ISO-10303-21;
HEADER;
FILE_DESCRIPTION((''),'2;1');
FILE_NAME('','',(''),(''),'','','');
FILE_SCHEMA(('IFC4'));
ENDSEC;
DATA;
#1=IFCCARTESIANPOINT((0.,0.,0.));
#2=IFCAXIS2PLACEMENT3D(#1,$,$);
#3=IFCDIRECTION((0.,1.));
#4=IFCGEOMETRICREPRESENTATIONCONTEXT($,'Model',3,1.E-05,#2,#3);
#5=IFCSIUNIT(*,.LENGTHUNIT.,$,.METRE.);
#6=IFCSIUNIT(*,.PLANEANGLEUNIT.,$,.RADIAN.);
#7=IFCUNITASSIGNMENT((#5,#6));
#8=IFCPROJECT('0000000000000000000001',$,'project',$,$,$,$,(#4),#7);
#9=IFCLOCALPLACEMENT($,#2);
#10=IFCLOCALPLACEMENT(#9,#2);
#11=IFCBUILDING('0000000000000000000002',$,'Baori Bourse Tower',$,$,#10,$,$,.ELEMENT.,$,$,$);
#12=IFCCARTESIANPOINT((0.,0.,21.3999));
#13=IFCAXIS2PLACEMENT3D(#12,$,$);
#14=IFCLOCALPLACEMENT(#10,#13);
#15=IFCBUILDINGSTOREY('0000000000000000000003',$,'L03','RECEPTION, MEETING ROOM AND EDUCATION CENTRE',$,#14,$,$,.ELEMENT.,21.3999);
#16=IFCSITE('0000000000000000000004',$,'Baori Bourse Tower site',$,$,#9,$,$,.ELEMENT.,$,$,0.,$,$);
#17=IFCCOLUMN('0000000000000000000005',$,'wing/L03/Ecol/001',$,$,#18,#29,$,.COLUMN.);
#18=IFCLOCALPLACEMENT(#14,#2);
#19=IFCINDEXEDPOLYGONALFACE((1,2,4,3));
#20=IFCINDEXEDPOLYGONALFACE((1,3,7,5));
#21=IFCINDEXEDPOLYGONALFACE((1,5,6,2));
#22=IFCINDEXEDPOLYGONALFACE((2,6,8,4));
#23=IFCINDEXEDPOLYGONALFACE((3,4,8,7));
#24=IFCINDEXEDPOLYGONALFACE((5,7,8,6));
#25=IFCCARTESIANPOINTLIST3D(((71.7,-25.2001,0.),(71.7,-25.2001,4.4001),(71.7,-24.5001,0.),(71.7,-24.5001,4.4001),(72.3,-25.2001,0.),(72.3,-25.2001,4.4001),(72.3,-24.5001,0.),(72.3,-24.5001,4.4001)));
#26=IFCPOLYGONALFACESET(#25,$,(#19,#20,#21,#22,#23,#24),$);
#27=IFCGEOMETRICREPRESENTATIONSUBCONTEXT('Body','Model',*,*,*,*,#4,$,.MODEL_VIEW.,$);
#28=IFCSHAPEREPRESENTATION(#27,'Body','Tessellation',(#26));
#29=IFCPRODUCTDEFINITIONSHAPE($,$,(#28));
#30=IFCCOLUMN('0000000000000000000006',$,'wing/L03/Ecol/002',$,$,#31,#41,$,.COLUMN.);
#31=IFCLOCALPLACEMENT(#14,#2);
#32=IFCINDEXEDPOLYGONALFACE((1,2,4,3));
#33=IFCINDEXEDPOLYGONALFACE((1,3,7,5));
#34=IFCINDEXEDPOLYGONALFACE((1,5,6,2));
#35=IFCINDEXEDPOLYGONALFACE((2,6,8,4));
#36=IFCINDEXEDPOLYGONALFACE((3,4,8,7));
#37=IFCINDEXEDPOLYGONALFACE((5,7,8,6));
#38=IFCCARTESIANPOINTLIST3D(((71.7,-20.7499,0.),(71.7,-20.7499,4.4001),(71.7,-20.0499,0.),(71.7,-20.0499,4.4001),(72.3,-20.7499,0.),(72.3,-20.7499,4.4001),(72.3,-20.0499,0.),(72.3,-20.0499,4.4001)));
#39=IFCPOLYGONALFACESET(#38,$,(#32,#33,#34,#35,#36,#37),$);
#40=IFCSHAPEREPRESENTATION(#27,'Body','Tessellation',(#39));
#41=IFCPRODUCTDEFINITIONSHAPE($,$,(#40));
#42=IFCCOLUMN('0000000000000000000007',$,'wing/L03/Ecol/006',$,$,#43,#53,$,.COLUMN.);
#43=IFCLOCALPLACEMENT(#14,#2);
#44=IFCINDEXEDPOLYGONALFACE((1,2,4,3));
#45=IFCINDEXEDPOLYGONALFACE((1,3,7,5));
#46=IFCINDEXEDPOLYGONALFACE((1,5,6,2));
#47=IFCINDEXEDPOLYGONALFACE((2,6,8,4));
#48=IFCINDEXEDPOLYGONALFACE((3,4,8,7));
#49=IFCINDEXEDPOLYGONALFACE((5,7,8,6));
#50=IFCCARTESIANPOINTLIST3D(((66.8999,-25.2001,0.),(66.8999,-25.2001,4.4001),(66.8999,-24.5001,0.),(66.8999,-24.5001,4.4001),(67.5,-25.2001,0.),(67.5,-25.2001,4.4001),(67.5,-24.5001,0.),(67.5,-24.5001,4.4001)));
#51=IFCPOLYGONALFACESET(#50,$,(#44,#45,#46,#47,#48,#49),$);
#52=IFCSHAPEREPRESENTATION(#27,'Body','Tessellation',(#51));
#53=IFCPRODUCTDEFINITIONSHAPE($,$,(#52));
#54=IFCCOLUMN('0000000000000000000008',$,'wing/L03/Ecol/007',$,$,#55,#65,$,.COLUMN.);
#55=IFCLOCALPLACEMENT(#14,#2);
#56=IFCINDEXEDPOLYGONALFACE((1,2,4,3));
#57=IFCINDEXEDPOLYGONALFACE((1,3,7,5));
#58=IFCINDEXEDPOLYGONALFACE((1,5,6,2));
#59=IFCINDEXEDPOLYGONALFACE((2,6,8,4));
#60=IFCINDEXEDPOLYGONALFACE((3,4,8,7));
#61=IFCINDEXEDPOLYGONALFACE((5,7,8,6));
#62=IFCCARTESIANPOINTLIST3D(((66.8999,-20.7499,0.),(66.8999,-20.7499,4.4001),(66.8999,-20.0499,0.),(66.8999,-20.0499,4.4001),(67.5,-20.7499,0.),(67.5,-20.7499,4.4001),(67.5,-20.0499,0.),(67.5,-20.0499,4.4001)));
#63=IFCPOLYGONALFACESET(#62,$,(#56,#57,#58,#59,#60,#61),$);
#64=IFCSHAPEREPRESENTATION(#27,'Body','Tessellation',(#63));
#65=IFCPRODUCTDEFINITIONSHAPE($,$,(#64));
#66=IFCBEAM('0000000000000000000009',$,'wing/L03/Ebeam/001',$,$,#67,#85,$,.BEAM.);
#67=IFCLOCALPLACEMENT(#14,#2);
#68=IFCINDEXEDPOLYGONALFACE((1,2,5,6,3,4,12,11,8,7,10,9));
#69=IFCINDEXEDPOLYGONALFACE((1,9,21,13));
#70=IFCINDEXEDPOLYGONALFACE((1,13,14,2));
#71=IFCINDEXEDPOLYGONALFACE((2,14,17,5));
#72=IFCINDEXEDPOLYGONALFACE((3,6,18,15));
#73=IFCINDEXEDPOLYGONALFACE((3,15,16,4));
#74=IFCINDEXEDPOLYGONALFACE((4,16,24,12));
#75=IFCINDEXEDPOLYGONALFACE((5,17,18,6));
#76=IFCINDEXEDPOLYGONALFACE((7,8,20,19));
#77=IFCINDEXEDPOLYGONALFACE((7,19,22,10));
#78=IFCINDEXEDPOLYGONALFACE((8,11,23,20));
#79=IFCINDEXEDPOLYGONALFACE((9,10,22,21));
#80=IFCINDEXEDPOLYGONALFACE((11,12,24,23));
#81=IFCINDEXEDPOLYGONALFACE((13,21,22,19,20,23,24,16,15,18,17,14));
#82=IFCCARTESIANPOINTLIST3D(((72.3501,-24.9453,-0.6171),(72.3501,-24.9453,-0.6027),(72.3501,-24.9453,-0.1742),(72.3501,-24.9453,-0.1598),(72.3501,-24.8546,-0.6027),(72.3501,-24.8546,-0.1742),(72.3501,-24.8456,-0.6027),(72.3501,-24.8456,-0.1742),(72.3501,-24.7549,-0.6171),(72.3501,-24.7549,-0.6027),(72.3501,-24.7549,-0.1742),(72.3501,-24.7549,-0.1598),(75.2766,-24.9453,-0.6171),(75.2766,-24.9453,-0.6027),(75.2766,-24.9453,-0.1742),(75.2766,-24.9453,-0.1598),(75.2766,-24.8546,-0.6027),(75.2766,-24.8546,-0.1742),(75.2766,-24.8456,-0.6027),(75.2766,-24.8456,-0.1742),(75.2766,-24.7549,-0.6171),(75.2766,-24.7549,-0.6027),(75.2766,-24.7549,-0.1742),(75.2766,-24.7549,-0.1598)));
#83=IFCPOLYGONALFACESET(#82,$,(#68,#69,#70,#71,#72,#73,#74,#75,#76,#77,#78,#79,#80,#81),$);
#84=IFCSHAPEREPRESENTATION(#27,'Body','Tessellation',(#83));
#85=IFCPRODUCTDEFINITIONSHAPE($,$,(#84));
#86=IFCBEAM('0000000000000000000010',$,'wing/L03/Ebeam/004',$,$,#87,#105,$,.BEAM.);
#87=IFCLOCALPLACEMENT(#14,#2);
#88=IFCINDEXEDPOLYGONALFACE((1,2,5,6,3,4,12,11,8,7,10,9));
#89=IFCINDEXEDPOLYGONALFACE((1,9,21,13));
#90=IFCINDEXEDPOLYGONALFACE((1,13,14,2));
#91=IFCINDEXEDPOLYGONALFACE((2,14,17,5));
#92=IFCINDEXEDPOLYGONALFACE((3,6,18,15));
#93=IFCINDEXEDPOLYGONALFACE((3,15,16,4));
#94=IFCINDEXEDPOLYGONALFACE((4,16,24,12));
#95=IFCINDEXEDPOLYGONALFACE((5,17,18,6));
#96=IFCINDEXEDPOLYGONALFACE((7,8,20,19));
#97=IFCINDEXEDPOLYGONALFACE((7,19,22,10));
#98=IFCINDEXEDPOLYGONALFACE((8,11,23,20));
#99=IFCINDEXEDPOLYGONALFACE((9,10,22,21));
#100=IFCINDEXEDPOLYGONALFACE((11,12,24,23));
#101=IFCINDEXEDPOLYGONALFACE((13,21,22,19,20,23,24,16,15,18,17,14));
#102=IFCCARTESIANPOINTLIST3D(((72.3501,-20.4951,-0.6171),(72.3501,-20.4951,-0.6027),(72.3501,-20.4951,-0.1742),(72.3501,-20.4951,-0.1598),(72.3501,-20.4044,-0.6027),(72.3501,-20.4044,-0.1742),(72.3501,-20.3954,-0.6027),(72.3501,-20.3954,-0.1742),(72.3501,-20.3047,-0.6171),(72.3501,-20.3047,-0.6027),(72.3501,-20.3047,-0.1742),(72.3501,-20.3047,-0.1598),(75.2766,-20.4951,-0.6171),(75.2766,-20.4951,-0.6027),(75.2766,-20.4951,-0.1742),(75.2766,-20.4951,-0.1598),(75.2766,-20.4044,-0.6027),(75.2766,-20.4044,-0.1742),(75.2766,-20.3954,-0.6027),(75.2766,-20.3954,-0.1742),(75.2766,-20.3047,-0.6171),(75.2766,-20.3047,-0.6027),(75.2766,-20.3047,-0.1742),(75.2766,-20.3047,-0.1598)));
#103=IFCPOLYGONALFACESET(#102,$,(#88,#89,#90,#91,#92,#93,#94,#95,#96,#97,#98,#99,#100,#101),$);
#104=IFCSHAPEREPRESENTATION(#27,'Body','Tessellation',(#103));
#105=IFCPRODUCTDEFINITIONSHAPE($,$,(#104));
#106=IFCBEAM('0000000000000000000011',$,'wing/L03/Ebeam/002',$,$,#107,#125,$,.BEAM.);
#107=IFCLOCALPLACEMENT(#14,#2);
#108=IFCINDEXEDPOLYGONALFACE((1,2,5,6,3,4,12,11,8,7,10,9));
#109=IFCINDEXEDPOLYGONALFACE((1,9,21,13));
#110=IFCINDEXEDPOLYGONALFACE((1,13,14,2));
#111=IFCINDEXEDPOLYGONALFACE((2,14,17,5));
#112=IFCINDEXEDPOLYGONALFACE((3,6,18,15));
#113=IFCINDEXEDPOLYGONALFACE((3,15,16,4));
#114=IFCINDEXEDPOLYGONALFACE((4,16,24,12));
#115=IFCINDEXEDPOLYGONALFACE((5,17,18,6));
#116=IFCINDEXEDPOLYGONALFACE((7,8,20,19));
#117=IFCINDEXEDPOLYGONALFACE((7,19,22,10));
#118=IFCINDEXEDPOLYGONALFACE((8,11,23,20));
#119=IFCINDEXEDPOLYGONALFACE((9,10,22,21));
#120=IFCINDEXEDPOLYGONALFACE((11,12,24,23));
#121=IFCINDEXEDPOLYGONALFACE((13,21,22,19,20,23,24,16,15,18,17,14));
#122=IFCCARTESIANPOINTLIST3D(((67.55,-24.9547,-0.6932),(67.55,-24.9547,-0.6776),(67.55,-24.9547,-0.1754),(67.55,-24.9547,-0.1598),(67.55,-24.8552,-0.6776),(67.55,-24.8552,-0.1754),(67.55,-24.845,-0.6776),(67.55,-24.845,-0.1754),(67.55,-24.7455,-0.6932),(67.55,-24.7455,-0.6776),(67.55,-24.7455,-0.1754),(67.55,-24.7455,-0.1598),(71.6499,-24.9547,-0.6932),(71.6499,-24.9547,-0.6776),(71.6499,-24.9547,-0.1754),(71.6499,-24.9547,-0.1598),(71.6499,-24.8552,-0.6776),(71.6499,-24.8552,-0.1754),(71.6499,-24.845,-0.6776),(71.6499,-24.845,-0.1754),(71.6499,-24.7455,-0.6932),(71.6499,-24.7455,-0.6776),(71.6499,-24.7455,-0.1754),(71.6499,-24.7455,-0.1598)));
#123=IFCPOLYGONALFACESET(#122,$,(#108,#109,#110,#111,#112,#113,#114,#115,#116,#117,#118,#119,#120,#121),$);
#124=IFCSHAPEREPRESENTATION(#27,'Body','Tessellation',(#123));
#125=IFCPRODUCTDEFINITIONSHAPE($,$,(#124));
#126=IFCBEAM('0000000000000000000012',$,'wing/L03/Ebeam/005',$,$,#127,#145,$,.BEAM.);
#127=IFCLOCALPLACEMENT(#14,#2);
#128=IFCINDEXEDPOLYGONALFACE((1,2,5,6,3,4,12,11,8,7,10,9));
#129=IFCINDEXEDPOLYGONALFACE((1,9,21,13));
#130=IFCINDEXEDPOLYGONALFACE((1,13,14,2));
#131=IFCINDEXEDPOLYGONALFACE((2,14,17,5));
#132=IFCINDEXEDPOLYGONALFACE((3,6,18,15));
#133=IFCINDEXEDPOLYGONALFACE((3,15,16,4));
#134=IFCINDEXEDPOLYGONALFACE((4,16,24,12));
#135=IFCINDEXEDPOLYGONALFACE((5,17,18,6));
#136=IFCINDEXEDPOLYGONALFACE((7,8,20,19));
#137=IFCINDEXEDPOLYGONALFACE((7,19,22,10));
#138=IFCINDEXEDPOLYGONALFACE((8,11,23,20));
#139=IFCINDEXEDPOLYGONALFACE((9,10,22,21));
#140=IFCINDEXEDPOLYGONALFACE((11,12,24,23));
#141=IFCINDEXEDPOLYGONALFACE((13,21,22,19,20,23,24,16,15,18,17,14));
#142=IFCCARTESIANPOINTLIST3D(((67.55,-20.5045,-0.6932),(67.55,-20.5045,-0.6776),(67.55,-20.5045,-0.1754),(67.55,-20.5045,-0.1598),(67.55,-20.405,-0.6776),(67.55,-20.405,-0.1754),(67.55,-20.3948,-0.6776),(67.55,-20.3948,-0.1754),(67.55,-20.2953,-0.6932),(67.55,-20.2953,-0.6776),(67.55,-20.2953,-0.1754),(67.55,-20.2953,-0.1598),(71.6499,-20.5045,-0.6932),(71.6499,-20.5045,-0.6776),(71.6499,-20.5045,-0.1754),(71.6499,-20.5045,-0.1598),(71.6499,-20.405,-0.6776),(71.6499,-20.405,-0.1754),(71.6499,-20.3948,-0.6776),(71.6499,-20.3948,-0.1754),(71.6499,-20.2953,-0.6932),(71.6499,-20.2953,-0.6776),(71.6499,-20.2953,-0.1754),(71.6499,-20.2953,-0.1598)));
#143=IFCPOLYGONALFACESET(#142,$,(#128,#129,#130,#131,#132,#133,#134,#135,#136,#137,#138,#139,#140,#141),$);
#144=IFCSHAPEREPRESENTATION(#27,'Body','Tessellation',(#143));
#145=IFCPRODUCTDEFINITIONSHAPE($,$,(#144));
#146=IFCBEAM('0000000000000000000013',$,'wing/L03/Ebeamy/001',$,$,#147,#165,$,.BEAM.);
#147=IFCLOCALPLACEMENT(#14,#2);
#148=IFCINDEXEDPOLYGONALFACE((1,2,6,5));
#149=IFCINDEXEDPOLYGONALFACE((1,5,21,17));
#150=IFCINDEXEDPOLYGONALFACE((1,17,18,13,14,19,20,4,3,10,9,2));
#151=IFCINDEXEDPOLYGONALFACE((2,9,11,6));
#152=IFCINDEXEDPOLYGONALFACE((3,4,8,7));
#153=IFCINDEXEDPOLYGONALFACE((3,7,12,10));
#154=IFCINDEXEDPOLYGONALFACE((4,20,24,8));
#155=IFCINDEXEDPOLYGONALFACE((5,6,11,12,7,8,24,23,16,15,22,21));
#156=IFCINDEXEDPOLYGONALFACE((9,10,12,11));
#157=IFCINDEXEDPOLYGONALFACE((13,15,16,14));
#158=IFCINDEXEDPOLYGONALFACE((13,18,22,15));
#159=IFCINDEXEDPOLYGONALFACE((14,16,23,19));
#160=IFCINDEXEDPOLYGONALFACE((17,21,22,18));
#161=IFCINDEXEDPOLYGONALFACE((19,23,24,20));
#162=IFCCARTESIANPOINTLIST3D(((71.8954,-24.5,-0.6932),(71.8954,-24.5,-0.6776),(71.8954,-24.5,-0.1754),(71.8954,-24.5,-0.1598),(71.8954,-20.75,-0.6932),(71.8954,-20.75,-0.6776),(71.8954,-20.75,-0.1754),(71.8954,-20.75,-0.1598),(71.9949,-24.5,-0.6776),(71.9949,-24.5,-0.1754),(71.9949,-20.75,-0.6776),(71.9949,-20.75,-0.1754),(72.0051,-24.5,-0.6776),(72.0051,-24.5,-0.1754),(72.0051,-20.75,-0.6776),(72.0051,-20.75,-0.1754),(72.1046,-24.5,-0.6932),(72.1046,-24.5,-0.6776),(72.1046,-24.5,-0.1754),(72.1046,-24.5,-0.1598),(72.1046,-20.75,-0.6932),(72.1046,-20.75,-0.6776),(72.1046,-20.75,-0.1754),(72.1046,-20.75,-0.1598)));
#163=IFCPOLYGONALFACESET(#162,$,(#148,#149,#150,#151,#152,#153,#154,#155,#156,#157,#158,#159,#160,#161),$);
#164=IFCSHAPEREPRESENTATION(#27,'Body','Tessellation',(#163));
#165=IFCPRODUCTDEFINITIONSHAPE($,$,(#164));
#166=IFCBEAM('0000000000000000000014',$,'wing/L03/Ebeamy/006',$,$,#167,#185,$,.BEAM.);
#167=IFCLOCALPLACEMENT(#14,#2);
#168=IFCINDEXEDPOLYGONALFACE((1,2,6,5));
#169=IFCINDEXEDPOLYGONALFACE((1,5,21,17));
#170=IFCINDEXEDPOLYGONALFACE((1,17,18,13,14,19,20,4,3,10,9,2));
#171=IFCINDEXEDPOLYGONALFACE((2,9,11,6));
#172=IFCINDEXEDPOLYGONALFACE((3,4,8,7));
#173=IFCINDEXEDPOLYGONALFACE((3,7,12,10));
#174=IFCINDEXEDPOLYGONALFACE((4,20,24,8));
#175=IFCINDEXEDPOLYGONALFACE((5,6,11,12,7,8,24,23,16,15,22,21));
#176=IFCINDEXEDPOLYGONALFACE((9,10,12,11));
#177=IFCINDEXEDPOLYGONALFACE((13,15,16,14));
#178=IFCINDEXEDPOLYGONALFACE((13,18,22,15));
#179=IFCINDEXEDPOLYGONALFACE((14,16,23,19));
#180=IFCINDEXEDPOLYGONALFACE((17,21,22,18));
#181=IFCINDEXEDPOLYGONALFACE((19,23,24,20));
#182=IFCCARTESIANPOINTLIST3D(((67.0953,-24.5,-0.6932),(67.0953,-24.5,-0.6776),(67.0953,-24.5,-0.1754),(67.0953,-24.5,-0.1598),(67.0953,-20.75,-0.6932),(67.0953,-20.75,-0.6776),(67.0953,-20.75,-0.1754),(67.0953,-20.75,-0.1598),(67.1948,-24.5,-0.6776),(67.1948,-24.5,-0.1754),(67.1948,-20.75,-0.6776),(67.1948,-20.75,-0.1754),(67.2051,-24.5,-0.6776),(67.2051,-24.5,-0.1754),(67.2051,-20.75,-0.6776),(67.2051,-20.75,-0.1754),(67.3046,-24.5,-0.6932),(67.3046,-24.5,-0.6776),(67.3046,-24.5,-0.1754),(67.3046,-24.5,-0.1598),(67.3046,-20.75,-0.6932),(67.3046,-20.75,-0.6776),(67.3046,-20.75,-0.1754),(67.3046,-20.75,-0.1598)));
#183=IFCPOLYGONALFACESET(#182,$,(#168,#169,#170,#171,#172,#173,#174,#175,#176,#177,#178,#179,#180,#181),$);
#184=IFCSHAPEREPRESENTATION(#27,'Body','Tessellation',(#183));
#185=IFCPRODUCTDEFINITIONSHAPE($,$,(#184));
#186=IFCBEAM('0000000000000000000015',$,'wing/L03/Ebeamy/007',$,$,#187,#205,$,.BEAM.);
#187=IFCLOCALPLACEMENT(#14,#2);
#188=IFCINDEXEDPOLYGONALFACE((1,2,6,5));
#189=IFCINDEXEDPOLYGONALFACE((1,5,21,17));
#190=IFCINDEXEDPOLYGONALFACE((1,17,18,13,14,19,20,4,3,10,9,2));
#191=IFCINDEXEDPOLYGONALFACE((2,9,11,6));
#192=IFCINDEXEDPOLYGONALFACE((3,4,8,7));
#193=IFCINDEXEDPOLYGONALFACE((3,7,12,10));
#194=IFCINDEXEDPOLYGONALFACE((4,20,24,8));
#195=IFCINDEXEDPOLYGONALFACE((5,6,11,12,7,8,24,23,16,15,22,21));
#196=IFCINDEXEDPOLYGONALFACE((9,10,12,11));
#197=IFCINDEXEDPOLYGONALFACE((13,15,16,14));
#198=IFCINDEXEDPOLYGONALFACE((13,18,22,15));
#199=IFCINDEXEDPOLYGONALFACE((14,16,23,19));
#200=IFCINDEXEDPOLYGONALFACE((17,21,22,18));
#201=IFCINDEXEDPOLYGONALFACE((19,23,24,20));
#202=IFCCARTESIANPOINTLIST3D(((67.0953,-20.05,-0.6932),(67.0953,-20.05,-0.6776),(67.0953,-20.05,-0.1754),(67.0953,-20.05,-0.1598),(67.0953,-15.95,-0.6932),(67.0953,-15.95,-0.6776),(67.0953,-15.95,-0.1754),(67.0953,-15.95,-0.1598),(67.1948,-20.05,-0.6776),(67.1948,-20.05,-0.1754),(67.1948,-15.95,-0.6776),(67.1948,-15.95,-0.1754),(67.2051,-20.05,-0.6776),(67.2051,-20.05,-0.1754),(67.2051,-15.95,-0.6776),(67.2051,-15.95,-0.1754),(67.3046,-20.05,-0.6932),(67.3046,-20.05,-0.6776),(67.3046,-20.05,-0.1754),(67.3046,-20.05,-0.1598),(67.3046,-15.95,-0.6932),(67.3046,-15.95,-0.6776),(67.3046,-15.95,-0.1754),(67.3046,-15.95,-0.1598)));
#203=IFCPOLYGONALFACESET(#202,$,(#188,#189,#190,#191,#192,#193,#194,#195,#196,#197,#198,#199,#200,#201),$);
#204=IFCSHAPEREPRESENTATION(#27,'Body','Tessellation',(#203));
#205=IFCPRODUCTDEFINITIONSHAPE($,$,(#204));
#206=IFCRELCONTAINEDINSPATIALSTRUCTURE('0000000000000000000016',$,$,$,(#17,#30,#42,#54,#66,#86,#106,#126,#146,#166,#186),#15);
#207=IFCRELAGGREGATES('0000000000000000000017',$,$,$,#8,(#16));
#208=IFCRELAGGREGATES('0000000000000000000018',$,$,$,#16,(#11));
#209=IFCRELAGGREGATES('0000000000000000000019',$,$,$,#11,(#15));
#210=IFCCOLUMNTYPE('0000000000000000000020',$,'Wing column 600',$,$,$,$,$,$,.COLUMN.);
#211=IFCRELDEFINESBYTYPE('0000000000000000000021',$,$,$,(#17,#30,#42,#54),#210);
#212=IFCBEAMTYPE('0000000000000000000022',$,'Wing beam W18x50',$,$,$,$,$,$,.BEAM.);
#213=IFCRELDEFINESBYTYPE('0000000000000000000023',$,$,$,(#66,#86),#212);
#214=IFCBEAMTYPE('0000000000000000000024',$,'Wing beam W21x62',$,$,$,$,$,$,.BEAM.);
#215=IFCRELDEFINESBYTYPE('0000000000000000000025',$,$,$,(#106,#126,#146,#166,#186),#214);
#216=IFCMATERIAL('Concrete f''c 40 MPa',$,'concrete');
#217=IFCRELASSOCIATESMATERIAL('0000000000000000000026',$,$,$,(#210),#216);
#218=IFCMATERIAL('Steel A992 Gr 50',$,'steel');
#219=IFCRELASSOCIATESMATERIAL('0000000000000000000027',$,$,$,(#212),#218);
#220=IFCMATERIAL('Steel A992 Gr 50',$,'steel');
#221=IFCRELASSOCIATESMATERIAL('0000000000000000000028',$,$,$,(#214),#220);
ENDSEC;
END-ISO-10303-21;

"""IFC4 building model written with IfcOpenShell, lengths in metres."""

from ifc_helpers import new_model, si_unit, direction, frame, origin, origin_2d, place, context, subcontext, project, spatial, rectangle, i_section, extrude, material, material_profile, profile_set, type_object, element, save


model = new_model("IFC4")

# Units and contexts
model_context = context("Model", 3, precision=1e-05, world=origin(), true_north=direction((0.0, 1.0)))
body_context = subcontext(model_context, "Body", "Model", "MODEL_VIEW")
ifc_project = project(units=[si_unit("LENGTHUNIT", "METRE"), si_unit("PLANEANGLEUNIT", "RADIAN")], contexts=[model_context])

# Site, building, storey
site_placement = place(None, origin())
site = spatial("IfcSite", under=ifc_project, at=site_placement, Name="Baori Bourse Tower site", CompositionType="ELEMENT", RefElevation=0.0)
building_placement = place(site_placement, origin())
building = spatial("IfcBuilding", under=site, at=building_placement, Name="Baori Bourse Tower", CompositionType="ELEMENT")
storey_placement = place(building_placement, frame((0.0, 0.0, 21.3999)))
storey = spatial("IfcBuildingStorey", under=building, at=storey_placement, Name="L03", Description="RECEPTION, MEETING ROOM AND EDUCATION CENTRE", CompositionType="ELEMENT", Elevation=21.3999)

# Columns
ifc_material_1 = material(Name="Concrete f'c 40 MPa", Category="concrete")
ifc_material_profile_1 = material_profile(ifc_material_1, rectangle(XDim=0.6001, YDim=0.7, at=origin_2d()), Name="Wing column 600")
ifc_profile_set_1 = profile_set([ifc_material_profile_1], Name="Concrete f'c 40 MPa")
column_type = type_object("IfcColumnType", Name="Wing column 600", PredefinedType="COLUMN", material=ifc_profile_set_1)
for number, where, z_axis, x_axis, name in (
    (1, (72.0, -24.8501, 0.0), (0.0, 0.0, 1.0), (1.0, 0.0, 0.0), "wing/L03/Ecol/001"),
    (2, (72.0, -20.3999, 0.0), (0.0, 0.0, 1.0), (1.0, 0.0, 0.0), "wing/L03/Ecol/002"),
    (3, (67.2, -24.8501, 0.0), (0.0, 0.0, 1.0), (1.0, 0.0, 0.0), "wing/L03/Ecol/006"),
    (4, (67.2, -20.3999, 0.0), (0.0, 0.0, 1.0), (1.0, 0.0, 0.0), "wing/L03/Ecol/007"),
):
    element("IfcColumn", number, at=place(storey_placement, frame(where, z_axis=z_axis, x_axis=x_axis)), inside=storey, type_object=column_type, Name=name, PredefinedType="COLUMN", context=body_context, shape_type="SweptSolid", body=[
        extrude(rectangle(XDim=0.6001, YDim=0.7, at=origin_2d()), origin(), (0.0, 0.0, 1.0), 4.4001),
    ])

# Beams
ifc_material_2 = material(Name="Steel A992 Gr 50", Category="steel")
ifc_material_profile_2 = material_profile(ifc_material_2, i_section(OverallWidth=0.1904, OverallDepth=0.4573, WebThickness=0.009, FlangeThickness=0.0144, at=origin_2d()), Name="W18x50")
ifc_profile_set_2 = profile_set([ifc_material_profile_2], Name="Steel A992 Gr 50")
beam_type_1 = type_object("IfcBeamType", Name="Wing beam W18x50", PredefinedType="BEAM", material=ifc_profile_set_2)
for number, where, z_axis, x_axis, name in (
    (5, (75.2766, -24.8501, -0.3884), (-1.0, 0.0, 0.0), (0.0, -1.0, 0.0), "wing/L03/Ebeam/001"),
    (6, (75.2766, -20.3999, -0.3884), (-1.0, 0.0, 0.0), (0.0, -1.0, 0.0), "wing/L03/Ebeam/004"),
):
    element("IfcBeam", number, at=place(storey_placement, frame(where, z_axis=z_axis, x_axis=x_axis)), inside=storey, type_object=beam_type_1, Name=name, PredefinedType="BEAM", context=body_context, shape_type="SweptSolid", body=[
        extrude(i_section(OverallWidth=0.1904, OverallDepth=0.4573, WebThickness=0.009, FlangeThickness=0.0144, at=origin_2d()), origin(), (0.0, 0.0, 1.0), 2.9265),
    ])
ifc_material_3 = material(Name="Steel A992 Gr 50", Category="steel")
ifc_material_profile_3 = material_profile(ifc_material_3, i_section(OverallWidth=0.2092, OverallDepth=0.5334, WebThickness=0.0103, FlangeThickness=0.0156, at=origin_2d()), Name="W21x62")
ifc_profile_set_3 = profile_set([ifc_material_profile_3], Name="Steel A992 Gr 50")
beam_type_2 = type_object("IfcBeamType", Name="Wing beam W21x62", PredefinedType="BEAM", material=ifc_profile_set_3)
for number, where, z_axis, x_axis, name in (
    (7, (71.6499, -24.8501, -0.4265), (-1.0, 0.0, 0.0), (0.0, -1.0, 0.0), "wing/L03/Ebeam/002"),
    (8, (71.6499, -20.3999, -0.4265), (-1.0, 0.0, 0.0), (0.0, -1.0, 0.0), "wing/L03/Ebeam/005"),
):
    element("IfcBeam", number, at=place(storey_placement, frame(where, z_axis=z_axis, x_axis=x_axis)), inside=storey, type_object=beam_type_2, Name=name, PredefinedType="BEAM", context=body_context, shape_type="SweptSolid", body=[
        extrude(i_section(OverallWidth=0.2092, OverallDepth=0.5334, WebThickness=0.0103, FlangeThickness=0.0156, at=origin_2d()), origin(), (0.0, 0.0, 1.0), 4.0999),
    ])
for number, where, z_axis, x_axis, name in (
    (9, (72.0, -24.5, -0.4265), (0.0, 1.0, 0.0), (-1.0, 0.0, 0.0), "wing/L03/Ebeamy/001"),
    (10, (67.2, -24.5, -0.4265), (0.0, 1.0, 0.0), (-1.0, 0.0, 0.0), "wing/L03/Ebeamy/006"),
):
    element("IfcBeam", number, at=place(storey_placement, frame(where, z_axis=z_axis, x_axis=x_axis)), inside=storey, type_object=beam_type_2, Name=name, PredefinedType="BEAM", context=body_context, shape_type="SweptSolid", body=[
        extrude(i_section(OverallWidth=0.2092, OverallDepth=0.5334, WebThickness=0.0103, FlangeThickness=0.0156, at=origin_2d()), origin(), (0.0, 0.0, 1.0), 3.75),
    ])
beam_placement = place(storey_placement, frame((67.2, -20.05, -0.4265), z_axis=(0.0, 1.0, 0.0), x_axis=(-1.0, 0.0, 0.0)))
element("IfcBeam", 11, at=beam_placement, inside=storey, type_object=beam_type_2, Name="wing/L03/Ebeamy/007", PredefinedType="BEAM", context=body_context, shape_type="SweptSolid", body=[
    extrude(i_section(OverallWidth=0.2092, OverallDepth=0.5334, WebThickness=0.0103, FlangeThickness=0.0156, at=origin_2d()), origin(), (0.0, 0.0, 1.0), 4.1001),
])

save(model, "model.ifc")
